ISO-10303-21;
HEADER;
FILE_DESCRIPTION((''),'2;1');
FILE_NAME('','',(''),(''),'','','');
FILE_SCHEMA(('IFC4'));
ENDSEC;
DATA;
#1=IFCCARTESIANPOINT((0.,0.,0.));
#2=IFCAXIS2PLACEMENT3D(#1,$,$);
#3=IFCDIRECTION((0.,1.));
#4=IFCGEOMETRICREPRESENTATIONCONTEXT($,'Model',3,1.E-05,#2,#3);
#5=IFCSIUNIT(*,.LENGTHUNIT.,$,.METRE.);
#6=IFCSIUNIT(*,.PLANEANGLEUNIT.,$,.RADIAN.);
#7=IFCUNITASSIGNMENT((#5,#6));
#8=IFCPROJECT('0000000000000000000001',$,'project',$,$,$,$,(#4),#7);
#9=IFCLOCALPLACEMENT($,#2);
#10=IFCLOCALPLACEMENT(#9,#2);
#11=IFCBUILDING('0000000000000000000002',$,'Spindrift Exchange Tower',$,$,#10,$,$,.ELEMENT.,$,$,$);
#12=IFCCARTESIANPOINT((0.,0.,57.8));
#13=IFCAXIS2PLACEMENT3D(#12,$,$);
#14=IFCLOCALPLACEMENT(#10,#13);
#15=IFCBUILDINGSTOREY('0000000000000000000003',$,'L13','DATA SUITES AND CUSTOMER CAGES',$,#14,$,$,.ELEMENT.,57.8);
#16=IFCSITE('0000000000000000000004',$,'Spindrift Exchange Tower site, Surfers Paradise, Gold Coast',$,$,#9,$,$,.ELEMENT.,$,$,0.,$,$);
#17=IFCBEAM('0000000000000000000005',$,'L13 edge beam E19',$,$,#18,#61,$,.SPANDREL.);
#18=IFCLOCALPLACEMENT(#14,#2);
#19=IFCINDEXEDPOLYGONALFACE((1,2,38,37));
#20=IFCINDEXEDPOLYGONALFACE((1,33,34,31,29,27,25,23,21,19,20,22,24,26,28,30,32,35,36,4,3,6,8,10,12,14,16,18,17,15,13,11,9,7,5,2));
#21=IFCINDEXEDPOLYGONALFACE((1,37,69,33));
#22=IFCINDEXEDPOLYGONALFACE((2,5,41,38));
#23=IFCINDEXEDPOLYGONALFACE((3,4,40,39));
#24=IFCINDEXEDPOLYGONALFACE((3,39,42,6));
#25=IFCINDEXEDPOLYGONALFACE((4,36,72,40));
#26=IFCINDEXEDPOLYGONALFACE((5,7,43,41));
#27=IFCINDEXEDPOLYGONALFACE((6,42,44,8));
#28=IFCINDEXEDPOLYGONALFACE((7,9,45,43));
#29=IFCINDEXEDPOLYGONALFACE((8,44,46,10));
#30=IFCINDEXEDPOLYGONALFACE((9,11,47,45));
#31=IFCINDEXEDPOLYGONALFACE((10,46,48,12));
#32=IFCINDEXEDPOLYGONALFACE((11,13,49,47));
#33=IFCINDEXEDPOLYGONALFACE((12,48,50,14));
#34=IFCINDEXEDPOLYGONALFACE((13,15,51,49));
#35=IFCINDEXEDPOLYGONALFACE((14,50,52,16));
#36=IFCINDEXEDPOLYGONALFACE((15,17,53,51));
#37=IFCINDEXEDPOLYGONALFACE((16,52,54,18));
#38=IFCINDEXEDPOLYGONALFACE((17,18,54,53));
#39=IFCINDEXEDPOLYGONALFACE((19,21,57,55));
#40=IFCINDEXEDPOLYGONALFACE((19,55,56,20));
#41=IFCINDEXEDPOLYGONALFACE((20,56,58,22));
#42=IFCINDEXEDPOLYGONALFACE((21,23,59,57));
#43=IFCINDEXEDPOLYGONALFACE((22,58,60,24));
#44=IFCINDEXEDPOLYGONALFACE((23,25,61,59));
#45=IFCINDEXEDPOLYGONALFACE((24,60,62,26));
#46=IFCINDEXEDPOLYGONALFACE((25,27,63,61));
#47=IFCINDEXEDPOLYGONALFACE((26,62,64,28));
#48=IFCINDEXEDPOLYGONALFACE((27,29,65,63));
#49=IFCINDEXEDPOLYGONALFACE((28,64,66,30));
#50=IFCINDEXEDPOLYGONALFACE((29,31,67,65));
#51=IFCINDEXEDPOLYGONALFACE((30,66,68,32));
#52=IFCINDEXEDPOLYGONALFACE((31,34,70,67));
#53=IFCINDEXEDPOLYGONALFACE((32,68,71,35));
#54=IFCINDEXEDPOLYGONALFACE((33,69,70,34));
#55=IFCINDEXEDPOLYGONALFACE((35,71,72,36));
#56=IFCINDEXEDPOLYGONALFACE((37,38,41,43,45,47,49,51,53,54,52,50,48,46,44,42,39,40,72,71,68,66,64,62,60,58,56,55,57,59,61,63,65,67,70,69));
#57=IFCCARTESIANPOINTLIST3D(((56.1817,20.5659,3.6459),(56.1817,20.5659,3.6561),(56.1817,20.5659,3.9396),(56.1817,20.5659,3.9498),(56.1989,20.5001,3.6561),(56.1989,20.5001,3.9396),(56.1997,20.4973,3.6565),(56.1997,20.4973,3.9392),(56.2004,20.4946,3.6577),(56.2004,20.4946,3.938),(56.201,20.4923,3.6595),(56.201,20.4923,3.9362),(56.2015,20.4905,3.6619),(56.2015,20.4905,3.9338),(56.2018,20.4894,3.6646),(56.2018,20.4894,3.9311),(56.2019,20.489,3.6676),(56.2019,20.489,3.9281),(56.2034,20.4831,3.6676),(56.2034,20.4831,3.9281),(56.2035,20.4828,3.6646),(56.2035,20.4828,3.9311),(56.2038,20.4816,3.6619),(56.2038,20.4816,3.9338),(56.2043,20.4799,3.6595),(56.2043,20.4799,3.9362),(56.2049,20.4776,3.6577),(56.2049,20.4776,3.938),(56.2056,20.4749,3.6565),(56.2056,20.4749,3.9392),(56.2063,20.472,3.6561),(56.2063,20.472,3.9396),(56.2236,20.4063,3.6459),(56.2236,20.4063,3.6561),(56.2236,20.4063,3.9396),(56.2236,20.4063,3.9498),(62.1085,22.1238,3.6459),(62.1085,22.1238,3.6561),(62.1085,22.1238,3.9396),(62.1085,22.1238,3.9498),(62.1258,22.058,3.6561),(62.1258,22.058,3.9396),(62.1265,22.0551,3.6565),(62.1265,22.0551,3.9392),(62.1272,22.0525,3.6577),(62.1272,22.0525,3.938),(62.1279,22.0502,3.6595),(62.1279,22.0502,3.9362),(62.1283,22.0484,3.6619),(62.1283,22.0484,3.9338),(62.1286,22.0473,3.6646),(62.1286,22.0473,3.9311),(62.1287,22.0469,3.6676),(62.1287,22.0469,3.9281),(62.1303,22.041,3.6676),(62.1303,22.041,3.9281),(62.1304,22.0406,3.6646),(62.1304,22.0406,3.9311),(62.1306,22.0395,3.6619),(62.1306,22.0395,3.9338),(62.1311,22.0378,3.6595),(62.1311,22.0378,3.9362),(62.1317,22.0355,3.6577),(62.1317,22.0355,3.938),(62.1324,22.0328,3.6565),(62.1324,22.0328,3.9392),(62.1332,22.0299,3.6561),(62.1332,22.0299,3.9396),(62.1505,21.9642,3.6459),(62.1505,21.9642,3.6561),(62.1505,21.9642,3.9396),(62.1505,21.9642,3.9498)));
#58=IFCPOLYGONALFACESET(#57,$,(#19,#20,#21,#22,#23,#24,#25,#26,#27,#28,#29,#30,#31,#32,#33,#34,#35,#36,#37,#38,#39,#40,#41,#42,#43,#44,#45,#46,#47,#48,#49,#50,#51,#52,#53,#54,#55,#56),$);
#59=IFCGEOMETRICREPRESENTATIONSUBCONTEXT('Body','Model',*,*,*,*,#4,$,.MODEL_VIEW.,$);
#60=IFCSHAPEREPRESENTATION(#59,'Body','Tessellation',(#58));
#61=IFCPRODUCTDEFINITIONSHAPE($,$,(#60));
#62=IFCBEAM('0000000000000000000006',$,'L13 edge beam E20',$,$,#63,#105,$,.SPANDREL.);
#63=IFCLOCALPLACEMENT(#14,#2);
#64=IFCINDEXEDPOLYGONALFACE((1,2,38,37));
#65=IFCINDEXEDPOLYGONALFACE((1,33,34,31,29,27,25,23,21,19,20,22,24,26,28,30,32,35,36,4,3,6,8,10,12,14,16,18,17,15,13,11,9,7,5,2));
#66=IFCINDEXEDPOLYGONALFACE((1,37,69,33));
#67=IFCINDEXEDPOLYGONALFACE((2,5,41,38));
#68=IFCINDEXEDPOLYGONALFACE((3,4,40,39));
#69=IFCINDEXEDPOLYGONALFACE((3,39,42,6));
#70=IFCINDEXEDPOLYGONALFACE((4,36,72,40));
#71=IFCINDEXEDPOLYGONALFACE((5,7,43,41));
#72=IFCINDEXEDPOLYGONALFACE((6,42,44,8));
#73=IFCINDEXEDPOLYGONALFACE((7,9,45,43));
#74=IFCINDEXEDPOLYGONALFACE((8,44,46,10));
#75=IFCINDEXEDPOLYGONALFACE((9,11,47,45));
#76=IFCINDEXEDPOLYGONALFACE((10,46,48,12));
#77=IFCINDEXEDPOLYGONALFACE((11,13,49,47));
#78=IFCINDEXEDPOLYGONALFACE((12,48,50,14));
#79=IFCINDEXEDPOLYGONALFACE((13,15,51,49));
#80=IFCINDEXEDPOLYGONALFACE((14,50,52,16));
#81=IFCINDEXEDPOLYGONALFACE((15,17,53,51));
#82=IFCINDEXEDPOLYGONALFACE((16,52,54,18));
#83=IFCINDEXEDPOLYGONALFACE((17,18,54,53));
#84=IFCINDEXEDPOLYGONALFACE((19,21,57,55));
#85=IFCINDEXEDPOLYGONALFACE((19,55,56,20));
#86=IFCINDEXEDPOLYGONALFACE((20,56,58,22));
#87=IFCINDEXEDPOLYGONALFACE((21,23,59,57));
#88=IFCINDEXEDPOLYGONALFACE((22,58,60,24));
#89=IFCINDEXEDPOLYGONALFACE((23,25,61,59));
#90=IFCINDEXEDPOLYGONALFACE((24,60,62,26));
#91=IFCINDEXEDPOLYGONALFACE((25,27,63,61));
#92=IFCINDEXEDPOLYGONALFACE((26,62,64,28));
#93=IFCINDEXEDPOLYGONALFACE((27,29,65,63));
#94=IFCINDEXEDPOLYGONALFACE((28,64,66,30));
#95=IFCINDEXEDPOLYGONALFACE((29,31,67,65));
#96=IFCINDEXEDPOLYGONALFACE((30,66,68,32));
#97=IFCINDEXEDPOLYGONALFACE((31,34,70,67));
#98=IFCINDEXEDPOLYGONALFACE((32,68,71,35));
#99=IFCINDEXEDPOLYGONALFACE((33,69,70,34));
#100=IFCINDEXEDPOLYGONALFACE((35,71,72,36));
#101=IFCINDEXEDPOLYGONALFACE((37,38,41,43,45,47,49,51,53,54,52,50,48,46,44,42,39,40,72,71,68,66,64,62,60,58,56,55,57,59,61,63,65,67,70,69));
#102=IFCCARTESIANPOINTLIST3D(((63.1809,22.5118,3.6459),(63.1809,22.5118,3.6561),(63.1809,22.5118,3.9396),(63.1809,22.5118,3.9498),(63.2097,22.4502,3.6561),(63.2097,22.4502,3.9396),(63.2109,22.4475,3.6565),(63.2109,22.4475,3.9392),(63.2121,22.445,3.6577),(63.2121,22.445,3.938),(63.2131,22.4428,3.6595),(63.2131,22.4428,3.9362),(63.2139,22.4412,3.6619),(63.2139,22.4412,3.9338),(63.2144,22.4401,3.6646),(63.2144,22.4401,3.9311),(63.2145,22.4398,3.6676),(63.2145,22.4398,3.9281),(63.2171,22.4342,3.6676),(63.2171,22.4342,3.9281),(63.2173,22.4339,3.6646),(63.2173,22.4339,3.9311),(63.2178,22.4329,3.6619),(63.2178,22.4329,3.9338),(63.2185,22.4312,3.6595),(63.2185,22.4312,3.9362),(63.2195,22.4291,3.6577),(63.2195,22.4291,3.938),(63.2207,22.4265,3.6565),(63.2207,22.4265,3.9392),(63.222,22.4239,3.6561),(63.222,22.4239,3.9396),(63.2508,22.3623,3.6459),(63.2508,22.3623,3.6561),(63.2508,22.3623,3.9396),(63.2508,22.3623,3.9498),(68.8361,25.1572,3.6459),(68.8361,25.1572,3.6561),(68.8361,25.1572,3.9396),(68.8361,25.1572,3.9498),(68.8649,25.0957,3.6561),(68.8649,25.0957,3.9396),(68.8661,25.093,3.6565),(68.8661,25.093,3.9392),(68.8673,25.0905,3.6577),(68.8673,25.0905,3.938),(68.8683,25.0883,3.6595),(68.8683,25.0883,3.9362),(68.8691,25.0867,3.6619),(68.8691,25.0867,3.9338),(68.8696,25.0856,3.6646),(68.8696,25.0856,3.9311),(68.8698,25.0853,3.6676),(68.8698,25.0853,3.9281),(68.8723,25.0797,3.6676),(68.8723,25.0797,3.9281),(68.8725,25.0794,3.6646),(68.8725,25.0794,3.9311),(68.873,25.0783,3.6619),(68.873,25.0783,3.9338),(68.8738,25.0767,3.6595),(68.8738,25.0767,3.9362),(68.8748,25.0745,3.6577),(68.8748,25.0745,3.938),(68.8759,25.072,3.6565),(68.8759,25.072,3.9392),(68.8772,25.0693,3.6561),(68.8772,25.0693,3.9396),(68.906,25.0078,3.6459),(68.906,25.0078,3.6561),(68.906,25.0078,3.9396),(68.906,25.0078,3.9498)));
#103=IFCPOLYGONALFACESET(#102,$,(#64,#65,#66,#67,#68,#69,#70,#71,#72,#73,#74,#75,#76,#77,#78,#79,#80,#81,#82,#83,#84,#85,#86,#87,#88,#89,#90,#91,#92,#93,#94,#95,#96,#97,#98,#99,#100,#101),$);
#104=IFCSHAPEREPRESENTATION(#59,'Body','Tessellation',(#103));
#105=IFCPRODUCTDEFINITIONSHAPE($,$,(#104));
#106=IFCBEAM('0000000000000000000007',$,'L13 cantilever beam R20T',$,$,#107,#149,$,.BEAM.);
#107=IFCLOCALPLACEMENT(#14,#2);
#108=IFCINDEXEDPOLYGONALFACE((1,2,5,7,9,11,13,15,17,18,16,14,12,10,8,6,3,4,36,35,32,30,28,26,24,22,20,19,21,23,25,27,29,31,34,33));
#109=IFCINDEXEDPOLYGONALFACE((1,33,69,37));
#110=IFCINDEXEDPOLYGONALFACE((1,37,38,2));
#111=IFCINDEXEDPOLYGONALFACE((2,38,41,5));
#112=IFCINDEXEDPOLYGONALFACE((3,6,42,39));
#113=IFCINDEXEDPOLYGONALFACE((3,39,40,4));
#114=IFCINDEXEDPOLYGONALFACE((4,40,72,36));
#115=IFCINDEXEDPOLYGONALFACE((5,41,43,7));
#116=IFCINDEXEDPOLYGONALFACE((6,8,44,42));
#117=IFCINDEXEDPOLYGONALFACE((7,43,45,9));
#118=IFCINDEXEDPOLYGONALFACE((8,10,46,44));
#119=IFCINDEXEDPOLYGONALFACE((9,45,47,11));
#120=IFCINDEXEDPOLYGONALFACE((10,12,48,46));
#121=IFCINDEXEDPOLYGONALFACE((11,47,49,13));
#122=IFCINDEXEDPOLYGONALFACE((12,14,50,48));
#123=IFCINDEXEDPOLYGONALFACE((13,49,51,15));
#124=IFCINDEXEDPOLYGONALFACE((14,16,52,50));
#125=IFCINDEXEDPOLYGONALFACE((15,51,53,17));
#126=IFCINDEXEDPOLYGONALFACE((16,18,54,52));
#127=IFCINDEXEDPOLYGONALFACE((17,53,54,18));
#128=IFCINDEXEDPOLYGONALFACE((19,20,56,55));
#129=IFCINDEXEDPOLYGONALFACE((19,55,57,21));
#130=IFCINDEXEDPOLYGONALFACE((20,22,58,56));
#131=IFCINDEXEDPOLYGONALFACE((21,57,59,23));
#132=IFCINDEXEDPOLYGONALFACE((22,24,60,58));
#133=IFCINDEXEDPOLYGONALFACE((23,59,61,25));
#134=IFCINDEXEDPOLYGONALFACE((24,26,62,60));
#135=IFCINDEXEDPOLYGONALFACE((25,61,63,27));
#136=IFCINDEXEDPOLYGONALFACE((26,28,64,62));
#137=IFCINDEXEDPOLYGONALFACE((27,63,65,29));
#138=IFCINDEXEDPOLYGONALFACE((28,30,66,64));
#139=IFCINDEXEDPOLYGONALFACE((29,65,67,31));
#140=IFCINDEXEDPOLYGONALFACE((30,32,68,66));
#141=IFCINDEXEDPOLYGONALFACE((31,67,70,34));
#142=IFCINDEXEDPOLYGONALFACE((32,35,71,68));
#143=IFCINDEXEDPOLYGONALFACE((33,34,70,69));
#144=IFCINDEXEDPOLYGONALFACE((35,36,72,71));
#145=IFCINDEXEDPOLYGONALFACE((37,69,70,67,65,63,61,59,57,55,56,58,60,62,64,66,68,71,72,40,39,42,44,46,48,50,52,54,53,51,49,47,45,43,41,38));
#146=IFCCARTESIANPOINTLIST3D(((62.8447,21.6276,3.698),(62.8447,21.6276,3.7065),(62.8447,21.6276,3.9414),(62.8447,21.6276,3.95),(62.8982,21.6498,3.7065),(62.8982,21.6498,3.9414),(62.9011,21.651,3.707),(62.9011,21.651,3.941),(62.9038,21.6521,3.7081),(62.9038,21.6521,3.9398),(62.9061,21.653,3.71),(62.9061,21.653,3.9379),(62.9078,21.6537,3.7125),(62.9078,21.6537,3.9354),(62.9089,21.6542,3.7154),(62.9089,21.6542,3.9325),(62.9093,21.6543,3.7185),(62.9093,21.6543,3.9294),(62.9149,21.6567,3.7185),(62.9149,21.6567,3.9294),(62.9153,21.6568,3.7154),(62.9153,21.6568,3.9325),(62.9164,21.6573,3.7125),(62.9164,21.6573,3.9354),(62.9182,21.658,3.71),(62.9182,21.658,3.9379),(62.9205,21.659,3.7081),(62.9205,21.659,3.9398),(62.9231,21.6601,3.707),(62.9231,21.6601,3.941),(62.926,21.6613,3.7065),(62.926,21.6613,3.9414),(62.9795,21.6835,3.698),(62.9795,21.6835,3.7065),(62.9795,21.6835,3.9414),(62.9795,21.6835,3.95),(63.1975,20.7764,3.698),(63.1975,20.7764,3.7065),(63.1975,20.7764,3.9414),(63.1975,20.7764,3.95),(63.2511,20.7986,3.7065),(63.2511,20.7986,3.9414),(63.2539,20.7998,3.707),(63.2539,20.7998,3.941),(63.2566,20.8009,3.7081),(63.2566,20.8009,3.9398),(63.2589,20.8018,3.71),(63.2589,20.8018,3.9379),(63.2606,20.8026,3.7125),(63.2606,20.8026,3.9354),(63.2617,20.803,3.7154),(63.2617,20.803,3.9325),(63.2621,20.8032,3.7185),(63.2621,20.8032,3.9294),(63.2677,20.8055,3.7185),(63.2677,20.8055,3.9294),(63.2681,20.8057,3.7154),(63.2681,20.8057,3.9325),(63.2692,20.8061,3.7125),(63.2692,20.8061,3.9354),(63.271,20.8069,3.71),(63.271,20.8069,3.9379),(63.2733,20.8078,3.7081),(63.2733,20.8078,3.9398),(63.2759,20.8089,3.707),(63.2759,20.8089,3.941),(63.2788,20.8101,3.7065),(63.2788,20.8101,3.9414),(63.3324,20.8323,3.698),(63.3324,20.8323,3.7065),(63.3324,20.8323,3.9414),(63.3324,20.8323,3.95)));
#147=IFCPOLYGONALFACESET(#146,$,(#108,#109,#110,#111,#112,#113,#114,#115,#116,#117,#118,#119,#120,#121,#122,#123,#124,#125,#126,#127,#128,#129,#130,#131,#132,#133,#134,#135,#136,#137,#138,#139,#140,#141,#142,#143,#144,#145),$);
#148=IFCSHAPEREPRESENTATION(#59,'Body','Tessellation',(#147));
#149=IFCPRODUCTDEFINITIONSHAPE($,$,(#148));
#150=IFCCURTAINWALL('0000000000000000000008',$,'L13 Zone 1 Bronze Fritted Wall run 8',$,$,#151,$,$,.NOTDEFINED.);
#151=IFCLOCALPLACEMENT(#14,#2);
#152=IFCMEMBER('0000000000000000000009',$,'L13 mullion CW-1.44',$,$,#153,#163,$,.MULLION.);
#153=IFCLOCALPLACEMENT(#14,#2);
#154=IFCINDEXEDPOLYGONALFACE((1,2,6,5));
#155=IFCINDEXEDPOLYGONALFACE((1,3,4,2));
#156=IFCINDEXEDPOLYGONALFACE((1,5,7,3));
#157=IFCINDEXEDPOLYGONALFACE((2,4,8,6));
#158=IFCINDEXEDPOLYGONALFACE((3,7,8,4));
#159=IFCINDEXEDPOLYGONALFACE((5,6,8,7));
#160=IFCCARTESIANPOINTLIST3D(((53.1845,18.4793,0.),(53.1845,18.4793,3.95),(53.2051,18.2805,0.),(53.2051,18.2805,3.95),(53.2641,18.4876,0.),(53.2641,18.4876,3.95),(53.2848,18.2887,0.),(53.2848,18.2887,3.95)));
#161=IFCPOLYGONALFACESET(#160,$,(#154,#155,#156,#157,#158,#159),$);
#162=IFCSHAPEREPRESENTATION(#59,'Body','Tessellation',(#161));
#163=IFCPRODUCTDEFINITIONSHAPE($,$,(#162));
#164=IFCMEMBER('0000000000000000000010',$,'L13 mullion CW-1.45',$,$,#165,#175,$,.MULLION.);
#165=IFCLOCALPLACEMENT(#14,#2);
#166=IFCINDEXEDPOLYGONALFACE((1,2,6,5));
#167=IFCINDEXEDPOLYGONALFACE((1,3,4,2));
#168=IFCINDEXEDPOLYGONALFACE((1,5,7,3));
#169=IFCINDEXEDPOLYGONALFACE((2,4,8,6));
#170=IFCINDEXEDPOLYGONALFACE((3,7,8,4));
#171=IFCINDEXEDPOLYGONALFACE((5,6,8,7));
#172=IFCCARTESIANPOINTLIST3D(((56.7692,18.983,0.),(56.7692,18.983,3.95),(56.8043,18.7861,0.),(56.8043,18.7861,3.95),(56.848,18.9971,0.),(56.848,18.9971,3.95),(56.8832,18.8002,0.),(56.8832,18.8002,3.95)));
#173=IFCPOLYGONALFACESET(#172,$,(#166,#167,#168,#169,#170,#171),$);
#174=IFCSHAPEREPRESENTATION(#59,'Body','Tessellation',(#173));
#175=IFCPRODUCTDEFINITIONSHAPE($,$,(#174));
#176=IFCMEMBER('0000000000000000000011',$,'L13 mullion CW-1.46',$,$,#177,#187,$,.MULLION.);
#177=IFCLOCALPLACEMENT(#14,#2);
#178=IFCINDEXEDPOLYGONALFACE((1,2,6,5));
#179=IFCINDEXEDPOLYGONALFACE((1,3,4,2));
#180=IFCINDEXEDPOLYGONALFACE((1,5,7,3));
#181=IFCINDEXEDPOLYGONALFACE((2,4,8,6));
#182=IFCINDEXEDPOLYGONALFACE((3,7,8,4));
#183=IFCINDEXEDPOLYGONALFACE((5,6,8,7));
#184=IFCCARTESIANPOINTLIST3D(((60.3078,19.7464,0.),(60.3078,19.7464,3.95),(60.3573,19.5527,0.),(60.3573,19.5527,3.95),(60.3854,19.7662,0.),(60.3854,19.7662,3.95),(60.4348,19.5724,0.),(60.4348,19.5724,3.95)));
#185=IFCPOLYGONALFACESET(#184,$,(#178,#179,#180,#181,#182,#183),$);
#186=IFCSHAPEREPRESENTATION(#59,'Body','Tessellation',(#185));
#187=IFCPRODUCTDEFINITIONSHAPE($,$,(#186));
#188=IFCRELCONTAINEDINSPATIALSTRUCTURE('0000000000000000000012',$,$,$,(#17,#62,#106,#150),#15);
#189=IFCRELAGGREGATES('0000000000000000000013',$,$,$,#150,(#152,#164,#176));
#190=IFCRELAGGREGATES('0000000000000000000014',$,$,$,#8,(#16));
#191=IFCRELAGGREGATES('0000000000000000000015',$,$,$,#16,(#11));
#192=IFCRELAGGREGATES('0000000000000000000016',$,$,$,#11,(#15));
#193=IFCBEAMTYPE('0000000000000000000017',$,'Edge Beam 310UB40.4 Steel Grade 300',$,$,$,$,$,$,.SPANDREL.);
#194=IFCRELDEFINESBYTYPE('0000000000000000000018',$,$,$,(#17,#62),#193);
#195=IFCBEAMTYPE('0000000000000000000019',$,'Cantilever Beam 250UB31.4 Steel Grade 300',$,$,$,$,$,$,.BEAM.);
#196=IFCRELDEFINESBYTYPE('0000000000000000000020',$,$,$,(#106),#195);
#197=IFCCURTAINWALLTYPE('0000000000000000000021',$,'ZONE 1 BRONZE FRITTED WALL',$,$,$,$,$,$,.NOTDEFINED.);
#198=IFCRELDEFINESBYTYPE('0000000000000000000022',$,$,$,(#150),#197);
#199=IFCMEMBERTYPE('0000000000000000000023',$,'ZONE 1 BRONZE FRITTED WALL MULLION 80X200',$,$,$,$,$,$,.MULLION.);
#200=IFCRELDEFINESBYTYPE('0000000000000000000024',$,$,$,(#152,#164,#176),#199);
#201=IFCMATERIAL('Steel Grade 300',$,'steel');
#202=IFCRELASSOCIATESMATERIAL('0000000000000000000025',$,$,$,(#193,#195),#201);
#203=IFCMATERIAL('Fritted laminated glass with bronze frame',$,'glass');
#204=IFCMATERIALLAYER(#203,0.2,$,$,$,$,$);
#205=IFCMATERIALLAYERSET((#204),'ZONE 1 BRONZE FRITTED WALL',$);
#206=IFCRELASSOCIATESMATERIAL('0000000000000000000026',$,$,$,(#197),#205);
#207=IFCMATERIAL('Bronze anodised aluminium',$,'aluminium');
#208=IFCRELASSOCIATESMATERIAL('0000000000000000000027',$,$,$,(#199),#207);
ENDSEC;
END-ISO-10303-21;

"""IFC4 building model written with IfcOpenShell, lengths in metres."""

from ifc_helpers import new_model, si_unit, direction, frame, origin, origin_2d, place, context, subcontext, project, spatial, rectangle, i_section, extrude, source, transform, mapped, material, layer, layer_set, material_profile, profile_set, type_object, element, aggregate, save


model = new_model("IFC4")

# Units and contexts
model_context = context("Model", 3, precision=1e-05, world=origin(), true_north=direction((0.0, 1.0)))
body_context = subcontext(model_context, "Body", "Model", "MODEL_VIEW")
ifc_project = project(units=[si_unit("LENGTHUNIT", "METRE"), si_unit("PLANEANGLEUNIT", "RADIAN")], contexts=[model_context])

# Site, building, storey
site_placement = place(None, origin())
site = spatial("IfcSite", under=ifc_project, at=site_placement, Name="Spindrift Exchange Tower site, Surfers Paradise, Gold Coast", CompositionType="ELEMENT", RefElevation=0.0)
building_placement = place(site_placement, origin())
building = spatial("IfcBuilding", under=site, at=building_placement, Name="Spindrift Exchange Tower", CompositionType="ELEMENT")
storey_placement = place(building_placement, frame((0.0, 0.0, 57.8)))
storey = spatial("IfcBuildingStorey", under=building, at=storey_placement, Name="L13", Description="DATA SUITES AND CUSTOMER CAGES", CompositionType="ELEMENT", Elevation=57.8)

# Beams
ifc_material_1 = material(Name="Steel Grade 300", Category="steel")
ifc_material_profile_1 = material_profile(ifc_material_1, i_section(OverallWidth=0.165, OverallDepth=0.304, WebThickness=0.0061, FlangeThickness=0.0103, FilletRadius=0.0115, at=origin_2d()), Name="310UB40.4")
ifc_profile_set_1 = profile_set([ifc_material_profile_1], Name="Steel Grade 300")
beam_type_1 = type_object("IfcBeamType", Name="Edge Beam 310UB40.4 Steel Grade 300", PredefinedType="SPANDREL", material=ifc_profile_set_1)
shared_shape_1 = source(origin(), body_context, "Body", "SweptSolid", [
    extrude(i_section(OverallWidth=0.165, OverallDepth=0.304, WebThickness=0.0061, FlangeThickness=0.0103, FilletRadius=0.0115, at=origin_2d()), origin(), (0.0, 0.0, 1.0), 6.1282),
])
beam_1_placement = place(storey_placement, frame((56.2026, 20.4861, 3.7979), z_axis=(0.967147, 0.254217, 0.0), x_axis=(-0.254217, 0.967147, 0.0)))
element("IfcBeam", 1, at=beam_1_placement, inside=storey, type_object=beam_type_1, Name="L13 edge beam E19", PredefinedType="SPANDREL", context=body_context, shape_type="MappedRepresentation", body=[
    mapped(shared_shape_1, transform((0.0, 0.0, 0.0), scale=1.0)),
])
shared_shape_2 = source(origin(), body_context, "Body", "SweptSolid", [
    extrude(i_section(OverallWidth=0.165, OverallDepth=0.304, WebThickness=0.0061, FlangeThickness=0.0103, FilletRadius=0.0115, at=origin_2d()), origin(), (0.0, 0.0, 1.0), 6.2434),
])
beam_2_placement = place(storey_placement, frame((63.2158, 22.437, 3.7979), z_axis=(0.905791, 0.423724, 0.0), x_axis=(-0.423724, 0.905791, 0.0)))
element("IfcBeam", 2, at=beam_2_placement, inside=storey, type_object=beam_type_1, Name="L13 edge beam E20", PredefinedType="SPANDREL", context=body_context, shape_type="MappedRepresentation", body=[
    mapped(shared_shape_2, transform((0.0, 0.0, 0.0), scale=1.0)),
])
ifc_material_profile_2 = material_profile(ifc_material_1, i_section(OverallWidth=0.146, OverallDepth=0.252, WebThickness=0.0061, FlangeThickness=0.0085, FilletRadius=0.012, at=origin_2d()), Name="250UB31.4")
ifc_profile_set_2 = profile_set([ifc_material_profile_2], Name="Steel Grade 300")
beam_type_2 = type_object("IfcBeamType", Name="Cantilever Beam 250UB31.4 Steel Grade 300", PredefinedType="BEAM", material=ifc_profile_set_2)
shared_shape_3 = source(origin(), body_context, "Body", "SweptSolid", [
    extrude(i_section(OverallWidth=0.146, OverallDepth=0.252, WebThickness=0.0061, FlangeThickness=0.0085, FilletRadius=0.012, at=origin_2d()), origin(), (0.0, 0.0, 1.0), 0.9214),
])
beam_3_placement = place(storey_placement, frame((62.9121, 21.6555, 3.824), z_axis=(0.382921, -0.923781, 0.0), x_axis=(0.923781, 0.382921, 0.0)))
element("IfcBeam", 3, at=beam_3_placement, inside=storey, type_object=beam_type_2, Name="L13 cantilever beam R20T", PredefinedType="BEAM", context=body_context, shape_type="MappedRepresentation", body=[
    mapped(shared_shape_3, transform((0.0, 0.0, 0.0), scale=1.0)),
])

# Curtain wall, members
ifc_material_2 = material(Name="Fritted laminated glass with bronze frame", Category="glass")
ifc_layer_1 = layer(ifc_material_2, 0.2)
ifc_layer_set_1 = layer_set([ifc_layer_1], Name="ZONE 1 BRONZE FRITTED WALL")
curtain_wall_type = type_object("IfcCurtainWallType", Name="ZONE 1 BRONZE FRITTED WALL", PredefinedType="NOTDEFINED", material=ifc_layer_set_1)
curtain_wall_placement = place(storey_placement, origin())
curtain_wall = element("IfcCurtainWall", 4, at=curtain_wall_placement, inside=storey, type_object=curtain_wall_type, Name="L13 Zone 1 Bronze Fritted Wall run 8", PredefinedType="NOTDEFINED")
ifc_material_3 = material(Name="Bronze anodised aluminium", Category="aluminium")
ifc_material_profile_3 = material_profile(ifc_material_3, rectangle(XDim=0.0801, YDim=0.2, at=origin_2d()), Name="ZONE 1 BRONZE FRITTED WALL MULLION 80X200")
ifc_profile_set_3 = profile_set([ifc_material_profile_3], Name="Bronze anodised aluminium")
member_type_1 = type_object("IfcMemberType", Name="ZONE 1 BRONZE FRITTED WALL MULLION 80X200", PredefinedType="MULLION", material=ifc_profile_set_3)
shared_shape_4 = source(origin(), body_context, "Body", "SweptSolid", [
    extrude(rectangle(XDim=0.0801, YDim=0.2, at=origin_2d()), origin(), (0.0, 0.0, 1.0), 3.95),
])
member_1_placement = place(storey_placement, frame((53.2346, 18.384, 0.0), z_axis=(0.0, 0.0, 1.0), x_axis=(0.994633, 0.103463, 0.0)))
member_1 = element("IfcMember", 5, at=member_1_placement, type_object=member_type_1, Name="L13 mullion CW-1.44", PredefinedType="MULLION", context=body_context, shape_type="MappedRepresentation", body=[
    mapped(shared_shape_4, transform((0.0, 0.0, 0.0), scale=1.0)),
])
member_2_placement = place(storey_placement, frame((56.8262, 18.8916, 0.0), z_axis=(0.0, 0.0, 1.0), x_axis=(0.984407, 0.175905, 0.0)))
member_2 = element("IfcMember", 6, at=member_2_placement, type_object=member_type_1, Name="L13 mullion CW-1.45", PredefinedType="MULLION", context=body_context, shape_type="MappedRepresentation", body=[
    mapped(shared_shape_4, transform((0.0, 0.0, 0.0), scale=1.0)),
])
member_3_placement = place(storey_placement, frame((60.3713, 19.6594, 0.0), z_axis=(0.0, 0.0, 1.0), x_axis=(0.968965, 0.247199, 0.0)))
member_3 = element("IfcMember", 7, at=member_3_placement, type_object=member_type_1, Name="L13 mullion CW-1.46", PredefinedType="MULLION", context=body_context, shape_type="MappedRepresentation", body=[
    mapped(shared_shape_4, transform((0.0, 0.0, 0.0), scale=1.0)),
])
aggregate(curtain_wall, [member_1, member_2, member_3])

save(model, "model.ifc")
